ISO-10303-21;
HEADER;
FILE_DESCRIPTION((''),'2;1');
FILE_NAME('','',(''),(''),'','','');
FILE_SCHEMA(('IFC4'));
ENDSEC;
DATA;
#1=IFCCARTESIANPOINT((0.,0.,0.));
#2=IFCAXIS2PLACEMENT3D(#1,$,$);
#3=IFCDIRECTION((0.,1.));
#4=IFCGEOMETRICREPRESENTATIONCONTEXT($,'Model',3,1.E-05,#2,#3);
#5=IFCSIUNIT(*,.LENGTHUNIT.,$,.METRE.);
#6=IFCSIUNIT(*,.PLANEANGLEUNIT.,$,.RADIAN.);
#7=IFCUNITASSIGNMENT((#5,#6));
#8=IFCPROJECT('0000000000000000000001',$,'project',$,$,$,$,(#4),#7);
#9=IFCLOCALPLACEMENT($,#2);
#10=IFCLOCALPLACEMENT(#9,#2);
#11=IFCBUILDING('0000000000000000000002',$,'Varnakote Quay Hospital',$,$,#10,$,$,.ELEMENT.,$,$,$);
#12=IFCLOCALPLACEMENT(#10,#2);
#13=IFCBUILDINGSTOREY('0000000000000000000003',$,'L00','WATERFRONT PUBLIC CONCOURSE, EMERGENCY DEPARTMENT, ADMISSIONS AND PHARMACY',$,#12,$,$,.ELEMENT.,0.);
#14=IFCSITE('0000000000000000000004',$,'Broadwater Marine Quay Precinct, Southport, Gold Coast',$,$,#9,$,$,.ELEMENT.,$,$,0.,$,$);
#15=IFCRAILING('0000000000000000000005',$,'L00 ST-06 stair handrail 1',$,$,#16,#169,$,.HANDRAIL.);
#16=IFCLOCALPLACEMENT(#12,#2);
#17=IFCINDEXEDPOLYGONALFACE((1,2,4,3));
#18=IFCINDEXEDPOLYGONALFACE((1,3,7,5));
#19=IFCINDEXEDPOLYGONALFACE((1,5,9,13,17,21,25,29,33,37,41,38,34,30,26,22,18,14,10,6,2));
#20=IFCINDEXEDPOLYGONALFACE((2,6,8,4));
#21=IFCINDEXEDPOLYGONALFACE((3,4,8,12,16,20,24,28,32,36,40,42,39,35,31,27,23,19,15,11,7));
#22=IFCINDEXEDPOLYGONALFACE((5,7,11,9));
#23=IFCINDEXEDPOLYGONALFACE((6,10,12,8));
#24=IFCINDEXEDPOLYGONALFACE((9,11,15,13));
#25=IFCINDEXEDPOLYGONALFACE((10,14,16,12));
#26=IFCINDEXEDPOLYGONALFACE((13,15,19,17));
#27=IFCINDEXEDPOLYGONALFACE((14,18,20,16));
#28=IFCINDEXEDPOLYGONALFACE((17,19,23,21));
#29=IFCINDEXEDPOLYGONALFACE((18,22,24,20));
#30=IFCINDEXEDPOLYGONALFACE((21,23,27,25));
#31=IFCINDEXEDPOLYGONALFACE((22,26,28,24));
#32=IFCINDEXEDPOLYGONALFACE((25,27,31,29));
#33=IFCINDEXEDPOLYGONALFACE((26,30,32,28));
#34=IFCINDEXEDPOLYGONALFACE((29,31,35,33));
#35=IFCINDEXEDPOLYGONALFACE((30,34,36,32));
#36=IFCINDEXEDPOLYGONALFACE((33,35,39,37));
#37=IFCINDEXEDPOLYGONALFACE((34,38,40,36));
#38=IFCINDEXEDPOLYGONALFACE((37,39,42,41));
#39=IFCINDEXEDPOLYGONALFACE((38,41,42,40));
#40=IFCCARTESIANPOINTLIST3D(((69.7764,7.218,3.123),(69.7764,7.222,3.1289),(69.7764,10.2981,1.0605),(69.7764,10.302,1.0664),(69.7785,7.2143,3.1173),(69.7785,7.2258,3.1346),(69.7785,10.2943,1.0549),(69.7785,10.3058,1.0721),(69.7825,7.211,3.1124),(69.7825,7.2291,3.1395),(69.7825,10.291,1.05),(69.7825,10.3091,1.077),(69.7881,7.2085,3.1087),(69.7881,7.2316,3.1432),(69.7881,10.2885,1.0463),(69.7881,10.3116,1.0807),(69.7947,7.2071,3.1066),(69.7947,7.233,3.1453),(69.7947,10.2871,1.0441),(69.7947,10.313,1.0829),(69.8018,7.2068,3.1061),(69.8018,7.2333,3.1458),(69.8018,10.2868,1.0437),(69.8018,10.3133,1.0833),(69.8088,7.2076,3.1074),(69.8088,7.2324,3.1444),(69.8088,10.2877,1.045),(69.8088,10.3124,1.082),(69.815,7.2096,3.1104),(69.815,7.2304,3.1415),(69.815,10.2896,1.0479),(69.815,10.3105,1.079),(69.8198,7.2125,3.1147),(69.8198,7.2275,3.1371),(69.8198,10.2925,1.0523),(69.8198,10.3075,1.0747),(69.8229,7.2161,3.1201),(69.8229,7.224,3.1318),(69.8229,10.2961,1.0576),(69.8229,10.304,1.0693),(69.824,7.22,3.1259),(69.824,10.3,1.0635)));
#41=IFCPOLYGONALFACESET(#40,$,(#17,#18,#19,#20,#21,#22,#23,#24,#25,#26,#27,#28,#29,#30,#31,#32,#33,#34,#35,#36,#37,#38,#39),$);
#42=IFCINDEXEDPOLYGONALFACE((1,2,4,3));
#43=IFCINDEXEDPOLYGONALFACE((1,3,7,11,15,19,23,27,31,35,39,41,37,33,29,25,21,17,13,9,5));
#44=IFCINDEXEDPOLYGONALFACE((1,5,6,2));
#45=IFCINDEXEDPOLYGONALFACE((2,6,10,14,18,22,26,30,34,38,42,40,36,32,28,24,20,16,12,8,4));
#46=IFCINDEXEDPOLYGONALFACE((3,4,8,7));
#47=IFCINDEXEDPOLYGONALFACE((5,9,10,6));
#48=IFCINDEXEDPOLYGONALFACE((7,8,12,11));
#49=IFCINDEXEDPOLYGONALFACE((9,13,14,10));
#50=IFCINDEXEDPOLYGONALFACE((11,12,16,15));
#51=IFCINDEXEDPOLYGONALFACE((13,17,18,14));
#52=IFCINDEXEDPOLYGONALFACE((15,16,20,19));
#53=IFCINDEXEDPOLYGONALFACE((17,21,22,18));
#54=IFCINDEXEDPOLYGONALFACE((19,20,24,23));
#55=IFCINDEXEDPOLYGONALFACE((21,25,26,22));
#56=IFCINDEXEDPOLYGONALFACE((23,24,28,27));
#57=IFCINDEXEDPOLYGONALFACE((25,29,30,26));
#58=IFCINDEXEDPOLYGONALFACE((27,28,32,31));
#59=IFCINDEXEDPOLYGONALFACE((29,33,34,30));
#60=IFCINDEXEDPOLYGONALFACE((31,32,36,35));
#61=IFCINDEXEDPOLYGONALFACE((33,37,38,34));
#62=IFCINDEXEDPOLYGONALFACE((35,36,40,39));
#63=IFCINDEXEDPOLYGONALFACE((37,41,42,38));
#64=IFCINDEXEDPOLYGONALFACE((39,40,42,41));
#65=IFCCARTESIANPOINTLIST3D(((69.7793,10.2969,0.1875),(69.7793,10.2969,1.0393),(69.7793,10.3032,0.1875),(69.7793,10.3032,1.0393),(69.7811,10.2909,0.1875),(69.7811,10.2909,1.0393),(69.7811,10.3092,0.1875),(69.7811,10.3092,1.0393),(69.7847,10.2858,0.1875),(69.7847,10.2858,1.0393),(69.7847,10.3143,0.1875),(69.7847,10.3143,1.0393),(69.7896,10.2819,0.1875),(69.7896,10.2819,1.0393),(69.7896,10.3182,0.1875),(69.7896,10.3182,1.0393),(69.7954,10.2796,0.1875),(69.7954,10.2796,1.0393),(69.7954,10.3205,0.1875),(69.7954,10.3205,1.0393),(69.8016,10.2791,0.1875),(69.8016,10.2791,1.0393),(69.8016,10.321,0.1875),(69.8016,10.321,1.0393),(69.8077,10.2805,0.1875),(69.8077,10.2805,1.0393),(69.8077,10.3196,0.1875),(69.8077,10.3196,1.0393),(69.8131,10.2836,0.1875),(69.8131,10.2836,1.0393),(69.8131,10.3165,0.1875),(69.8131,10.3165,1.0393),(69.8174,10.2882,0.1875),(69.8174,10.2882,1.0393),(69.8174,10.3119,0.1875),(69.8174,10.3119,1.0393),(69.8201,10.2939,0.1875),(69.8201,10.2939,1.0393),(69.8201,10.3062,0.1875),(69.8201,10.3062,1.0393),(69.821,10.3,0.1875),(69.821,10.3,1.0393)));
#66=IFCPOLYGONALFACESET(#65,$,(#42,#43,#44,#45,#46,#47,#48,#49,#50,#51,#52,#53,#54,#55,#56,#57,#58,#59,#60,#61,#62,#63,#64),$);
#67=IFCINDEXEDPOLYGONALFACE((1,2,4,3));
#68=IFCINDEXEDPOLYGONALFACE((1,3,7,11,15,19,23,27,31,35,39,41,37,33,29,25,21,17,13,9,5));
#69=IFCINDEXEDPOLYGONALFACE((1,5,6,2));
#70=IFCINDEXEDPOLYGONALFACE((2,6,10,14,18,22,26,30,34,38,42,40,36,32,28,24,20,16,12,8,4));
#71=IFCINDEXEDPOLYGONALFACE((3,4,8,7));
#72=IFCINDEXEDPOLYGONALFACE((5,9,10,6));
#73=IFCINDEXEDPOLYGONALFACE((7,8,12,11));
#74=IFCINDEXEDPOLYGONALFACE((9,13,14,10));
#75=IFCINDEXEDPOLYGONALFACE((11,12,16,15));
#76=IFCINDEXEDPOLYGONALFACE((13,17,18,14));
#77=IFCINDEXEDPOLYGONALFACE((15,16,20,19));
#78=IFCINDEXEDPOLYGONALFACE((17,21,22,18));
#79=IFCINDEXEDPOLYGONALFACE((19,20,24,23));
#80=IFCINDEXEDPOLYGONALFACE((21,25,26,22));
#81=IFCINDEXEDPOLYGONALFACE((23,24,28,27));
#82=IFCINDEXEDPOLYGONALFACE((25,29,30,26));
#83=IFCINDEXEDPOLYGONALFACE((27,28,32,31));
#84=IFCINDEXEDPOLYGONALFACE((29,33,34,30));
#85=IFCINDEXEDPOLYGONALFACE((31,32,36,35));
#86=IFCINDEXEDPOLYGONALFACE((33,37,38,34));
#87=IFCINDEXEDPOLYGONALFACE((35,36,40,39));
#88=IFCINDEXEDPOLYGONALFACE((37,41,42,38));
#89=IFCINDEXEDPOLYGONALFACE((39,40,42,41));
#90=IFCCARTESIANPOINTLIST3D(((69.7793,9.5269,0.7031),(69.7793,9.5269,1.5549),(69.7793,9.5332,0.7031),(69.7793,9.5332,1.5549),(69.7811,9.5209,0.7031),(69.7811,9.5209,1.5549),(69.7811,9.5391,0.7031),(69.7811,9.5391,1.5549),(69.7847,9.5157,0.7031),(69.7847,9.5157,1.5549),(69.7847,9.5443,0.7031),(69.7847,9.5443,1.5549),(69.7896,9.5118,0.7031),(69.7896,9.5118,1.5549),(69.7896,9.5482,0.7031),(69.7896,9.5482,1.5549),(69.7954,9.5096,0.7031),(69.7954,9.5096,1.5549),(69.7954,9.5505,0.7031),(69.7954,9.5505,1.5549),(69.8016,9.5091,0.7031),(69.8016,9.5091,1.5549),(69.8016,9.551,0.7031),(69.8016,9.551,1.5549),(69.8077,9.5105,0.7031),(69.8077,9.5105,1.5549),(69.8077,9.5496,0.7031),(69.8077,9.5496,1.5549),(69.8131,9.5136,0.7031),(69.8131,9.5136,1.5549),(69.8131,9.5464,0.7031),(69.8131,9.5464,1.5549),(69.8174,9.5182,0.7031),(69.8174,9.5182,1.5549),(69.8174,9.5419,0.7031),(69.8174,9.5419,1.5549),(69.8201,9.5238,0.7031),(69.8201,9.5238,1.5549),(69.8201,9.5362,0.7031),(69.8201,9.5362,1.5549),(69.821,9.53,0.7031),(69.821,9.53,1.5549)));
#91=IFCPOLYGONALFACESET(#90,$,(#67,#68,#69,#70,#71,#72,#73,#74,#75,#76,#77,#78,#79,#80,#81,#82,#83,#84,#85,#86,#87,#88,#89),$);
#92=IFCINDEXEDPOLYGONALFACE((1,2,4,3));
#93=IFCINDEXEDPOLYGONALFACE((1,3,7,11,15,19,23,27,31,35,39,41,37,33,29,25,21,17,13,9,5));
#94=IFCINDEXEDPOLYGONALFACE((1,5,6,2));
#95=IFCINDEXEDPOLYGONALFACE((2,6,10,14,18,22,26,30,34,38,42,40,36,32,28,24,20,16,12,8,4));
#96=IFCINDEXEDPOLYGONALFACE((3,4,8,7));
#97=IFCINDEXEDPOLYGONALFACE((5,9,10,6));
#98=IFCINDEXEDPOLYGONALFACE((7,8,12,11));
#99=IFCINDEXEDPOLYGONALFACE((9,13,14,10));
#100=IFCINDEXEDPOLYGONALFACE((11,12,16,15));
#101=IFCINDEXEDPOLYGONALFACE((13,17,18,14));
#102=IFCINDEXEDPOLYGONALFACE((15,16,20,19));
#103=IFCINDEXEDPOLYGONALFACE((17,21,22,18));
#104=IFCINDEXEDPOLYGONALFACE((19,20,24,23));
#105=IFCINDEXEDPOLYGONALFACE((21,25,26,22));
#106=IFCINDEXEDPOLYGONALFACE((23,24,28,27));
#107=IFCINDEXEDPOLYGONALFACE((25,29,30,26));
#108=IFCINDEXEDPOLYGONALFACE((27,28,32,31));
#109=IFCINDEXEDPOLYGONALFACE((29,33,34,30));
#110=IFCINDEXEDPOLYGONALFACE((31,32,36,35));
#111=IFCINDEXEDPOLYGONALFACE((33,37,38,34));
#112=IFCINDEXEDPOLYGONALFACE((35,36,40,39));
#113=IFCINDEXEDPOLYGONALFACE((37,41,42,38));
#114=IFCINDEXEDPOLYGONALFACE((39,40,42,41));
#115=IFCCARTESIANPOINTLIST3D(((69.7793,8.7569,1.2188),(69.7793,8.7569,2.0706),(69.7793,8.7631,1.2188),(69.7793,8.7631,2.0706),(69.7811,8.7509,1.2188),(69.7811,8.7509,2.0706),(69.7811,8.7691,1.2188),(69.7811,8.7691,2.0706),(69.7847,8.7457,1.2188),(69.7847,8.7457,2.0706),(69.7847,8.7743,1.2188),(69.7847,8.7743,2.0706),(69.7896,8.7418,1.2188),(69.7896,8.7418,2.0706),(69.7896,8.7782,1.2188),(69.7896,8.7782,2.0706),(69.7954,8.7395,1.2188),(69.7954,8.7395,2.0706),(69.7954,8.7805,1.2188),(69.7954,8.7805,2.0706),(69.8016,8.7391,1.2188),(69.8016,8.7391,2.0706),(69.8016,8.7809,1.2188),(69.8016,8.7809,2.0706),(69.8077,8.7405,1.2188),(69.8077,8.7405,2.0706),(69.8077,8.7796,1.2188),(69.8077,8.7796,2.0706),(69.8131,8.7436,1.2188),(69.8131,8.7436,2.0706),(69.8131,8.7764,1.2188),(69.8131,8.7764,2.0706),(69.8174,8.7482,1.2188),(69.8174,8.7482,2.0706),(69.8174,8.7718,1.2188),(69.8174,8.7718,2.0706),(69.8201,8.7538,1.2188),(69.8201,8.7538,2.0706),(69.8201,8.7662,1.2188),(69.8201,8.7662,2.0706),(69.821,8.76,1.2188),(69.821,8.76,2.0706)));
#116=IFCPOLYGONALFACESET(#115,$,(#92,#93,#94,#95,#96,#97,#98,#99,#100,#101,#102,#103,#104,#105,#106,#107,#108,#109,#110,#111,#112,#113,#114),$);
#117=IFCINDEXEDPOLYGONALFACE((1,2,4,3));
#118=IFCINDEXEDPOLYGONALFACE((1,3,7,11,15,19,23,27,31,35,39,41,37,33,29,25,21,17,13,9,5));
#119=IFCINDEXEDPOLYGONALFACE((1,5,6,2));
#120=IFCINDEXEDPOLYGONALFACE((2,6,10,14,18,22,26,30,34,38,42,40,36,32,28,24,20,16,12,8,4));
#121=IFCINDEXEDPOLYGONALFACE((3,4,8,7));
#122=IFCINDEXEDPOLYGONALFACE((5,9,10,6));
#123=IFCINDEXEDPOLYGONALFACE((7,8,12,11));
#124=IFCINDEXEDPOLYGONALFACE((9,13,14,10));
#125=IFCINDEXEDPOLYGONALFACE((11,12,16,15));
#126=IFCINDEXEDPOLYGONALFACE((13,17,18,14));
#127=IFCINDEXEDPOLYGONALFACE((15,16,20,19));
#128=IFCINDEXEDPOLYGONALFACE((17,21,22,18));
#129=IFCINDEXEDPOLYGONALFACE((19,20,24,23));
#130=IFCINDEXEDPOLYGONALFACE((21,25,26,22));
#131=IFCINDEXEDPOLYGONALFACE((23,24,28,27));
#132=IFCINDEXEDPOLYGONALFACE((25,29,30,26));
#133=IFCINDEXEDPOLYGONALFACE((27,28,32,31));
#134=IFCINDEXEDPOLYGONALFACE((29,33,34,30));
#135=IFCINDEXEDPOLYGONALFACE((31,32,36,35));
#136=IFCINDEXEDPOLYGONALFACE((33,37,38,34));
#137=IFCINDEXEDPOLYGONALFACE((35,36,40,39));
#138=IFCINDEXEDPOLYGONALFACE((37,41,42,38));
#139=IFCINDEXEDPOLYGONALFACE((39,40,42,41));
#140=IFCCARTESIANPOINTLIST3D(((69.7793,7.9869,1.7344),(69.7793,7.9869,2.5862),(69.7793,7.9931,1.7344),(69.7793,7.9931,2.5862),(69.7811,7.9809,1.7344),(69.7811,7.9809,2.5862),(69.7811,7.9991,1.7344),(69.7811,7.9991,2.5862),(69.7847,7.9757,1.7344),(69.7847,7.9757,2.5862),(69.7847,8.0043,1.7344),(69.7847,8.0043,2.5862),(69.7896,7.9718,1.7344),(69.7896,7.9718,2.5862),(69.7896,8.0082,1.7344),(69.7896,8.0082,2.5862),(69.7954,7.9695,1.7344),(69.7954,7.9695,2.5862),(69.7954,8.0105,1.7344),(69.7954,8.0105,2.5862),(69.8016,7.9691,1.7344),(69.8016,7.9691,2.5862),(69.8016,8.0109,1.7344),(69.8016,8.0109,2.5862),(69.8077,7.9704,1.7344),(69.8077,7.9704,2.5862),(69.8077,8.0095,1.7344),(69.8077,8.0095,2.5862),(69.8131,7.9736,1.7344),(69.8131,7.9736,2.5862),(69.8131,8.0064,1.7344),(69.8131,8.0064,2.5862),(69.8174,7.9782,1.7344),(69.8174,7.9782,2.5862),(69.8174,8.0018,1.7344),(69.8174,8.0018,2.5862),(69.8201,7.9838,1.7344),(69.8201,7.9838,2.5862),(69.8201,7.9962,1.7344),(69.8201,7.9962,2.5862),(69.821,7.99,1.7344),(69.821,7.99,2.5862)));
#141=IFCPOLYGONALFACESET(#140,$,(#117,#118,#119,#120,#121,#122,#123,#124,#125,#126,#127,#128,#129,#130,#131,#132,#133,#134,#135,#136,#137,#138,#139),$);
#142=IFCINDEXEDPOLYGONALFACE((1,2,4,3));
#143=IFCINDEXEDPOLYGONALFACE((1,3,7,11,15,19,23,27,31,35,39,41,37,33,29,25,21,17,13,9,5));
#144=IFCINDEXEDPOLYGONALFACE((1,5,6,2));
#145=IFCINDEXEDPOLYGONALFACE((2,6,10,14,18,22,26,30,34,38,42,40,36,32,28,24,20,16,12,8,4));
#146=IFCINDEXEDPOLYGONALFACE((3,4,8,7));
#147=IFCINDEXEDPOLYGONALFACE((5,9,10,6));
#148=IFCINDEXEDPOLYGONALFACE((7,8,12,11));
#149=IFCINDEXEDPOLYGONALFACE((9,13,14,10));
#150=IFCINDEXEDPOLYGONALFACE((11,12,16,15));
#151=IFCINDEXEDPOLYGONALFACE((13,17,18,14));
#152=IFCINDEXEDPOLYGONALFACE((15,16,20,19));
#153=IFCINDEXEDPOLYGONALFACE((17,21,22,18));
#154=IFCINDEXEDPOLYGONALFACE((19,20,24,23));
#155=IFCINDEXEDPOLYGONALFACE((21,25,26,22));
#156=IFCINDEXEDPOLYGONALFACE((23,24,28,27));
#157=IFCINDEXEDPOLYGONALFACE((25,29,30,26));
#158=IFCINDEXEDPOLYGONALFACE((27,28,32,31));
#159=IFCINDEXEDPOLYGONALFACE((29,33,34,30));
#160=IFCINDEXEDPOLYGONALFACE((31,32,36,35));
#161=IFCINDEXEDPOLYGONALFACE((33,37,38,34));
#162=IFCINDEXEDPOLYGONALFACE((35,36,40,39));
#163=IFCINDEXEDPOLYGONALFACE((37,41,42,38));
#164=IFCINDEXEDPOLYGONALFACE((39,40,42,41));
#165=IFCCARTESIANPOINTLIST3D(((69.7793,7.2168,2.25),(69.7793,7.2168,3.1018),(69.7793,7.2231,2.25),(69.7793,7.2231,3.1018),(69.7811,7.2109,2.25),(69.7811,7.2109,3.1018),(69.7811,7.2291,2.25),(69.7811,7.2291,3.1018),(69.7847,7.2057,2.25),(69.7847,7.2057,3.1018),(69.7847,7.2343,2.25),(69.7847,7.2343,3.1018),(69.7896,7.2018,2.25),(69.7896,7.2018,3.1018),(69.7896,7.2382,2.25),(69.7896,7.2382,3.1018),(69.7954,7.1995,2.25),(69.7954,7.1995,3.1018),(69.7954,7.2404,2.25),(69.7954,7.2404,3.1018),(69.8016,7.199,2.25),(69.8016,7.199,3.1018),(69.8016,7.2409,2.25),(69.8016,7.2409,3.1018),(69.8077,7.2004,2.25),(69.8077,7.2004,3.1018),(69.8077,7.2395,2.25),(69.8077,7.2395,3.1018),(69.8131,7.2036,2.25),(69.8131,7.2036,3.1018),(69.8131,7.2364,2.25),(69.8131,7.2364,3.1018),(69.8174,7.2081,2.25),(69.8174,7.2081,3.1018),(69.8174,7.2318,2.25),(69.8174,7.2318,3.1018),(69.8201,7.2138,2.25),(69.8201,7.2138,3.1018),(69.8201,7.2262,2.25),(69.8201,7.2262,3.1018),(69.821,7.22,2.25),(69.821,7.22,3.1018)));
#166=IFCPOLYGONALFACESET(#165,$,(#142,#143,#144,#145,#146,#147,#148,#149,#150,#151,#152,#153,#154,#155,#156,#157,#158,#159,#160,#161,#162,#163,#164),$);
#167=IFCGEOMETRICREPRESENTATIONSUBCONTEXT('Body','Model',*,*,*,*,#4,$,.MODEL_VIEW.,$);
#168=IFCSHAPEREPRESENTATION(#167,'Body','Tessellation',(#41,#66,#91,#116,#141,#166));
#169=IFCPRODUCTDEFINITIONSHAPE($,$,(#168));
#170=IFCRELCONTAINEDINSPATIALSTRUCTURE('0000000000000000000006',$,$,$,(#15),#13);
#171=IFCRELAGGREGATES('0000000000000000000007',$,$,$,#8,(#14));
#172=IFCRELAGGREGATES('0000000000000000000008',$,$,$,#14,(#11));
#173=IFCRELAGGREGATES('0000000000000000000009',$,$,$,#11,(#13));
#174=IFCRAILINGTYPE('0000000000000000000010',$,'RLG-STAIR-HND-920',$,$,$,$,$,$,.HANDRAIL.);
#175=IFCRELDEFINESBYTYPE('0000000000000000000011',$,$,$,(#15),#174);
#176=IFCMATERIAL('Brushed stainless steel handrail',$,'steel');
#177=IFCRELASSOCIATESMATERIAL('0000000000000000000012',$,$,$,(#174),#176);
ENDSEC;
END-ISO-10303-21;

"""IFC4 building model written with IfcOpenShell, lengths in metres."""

from ifc_helpers import new_model, si_unit, direction, frame, origin, origin_2d, place, context, subcontext, project, spatial, circle, extrude, material, type_object, element, save


model = new_model("IFC4")

# Units and contexts
model_context = context("Model", 3, precision=1e-05, world=origin(), true_north=direction((0.0, 1.0)))
body_context = subcontext(model_context, "Body", "Model", "MODEL_VIEW")
ifc_project = project(units=[si_unit("LENGTHUNIT", "METRE"), si_unit("PLANEANGLEUNIT", "RADIAN")], contexts=[model_context])

# Site, building, storey
site_placement = place(None, origin())
site = spatial("IfcSite", under=ifc_project, at=site_placement, Name="Broadwater Marine Quay Precinct, Southport, Gold Coast", CompositionType="ELEMENT", RefElevation=0.0)
building_placement = place(site_placement, origin())
building = spatial("IfcBuilding", under=site, at=building_placement, Name="Varnakote Quay Hospital", CompositionType="ELEMENT")
storey_placement = place(building_placement, origin())
storey = spatial("IfcBuildingStorey", under=building, at=storey_placement, Name="L00", Description="WATERFRONT PUBLIC CONCOURSE, EMERGENCY DEPARTMENT, ADMISSIONS AND PHARMACY", CompositionType="ELEMENT", Elevation=0.0)

# Railing
ifc_material_1 = material(Name="Brushed stainless steel handrail", Category="steel")
railing_type_1 = type_object("IfcRailingType", Name="RLG-STAIR-HND-920", PredefinedType="HANDRAIL", material=ifc_material_1)
railing_1_placement = place(storey_placement, frame((69.8, 10.3, 0.1875)))
element("IfcRailing", 1, at=railing_1_placement, inside=storey, type_object=railing_type_1, Name="L00 ST-06 stair handrail 1", PredefinedType="HANDRAIL", context=body_context, shape_type="SweptSolid", body=[
    extrude(circle(Radius=0.0239, at=origin_2d()), frame((0.0, 0.0, 0.876), z_axis=(0.0, -0.830914, 0.556401), x_axis=(1.0, 0.0, 0.0)), (0.0, 0.0, 1.0), 3.7068),
    extrude(circle(Radius=0.021, at=origin_2d()), origin(), (0.0, 0.0, 1.0), 0.8518),
    extrude(circle(Radius=0.021, at=origin_2d()), frame((0.0, -0.77, 0.5156)), (0.0, 0.0, 1.0), 0.8518),
    extrude(circle(Radius=0.021, at=origin_2d()), frame((0.0, -1.54, 1.0312)), (0.0, 0.0, 1.0), 0.8518),
    extrude(circle(Radius=0.021, at=origin_2d()), frame((0.0, -2.3101, 1.5469)), (0.0, 0.0, 1.0), 0.8518),
    extrude(circle(Radius=0.021, at=origin_2d()), frame((0.0, -3.0801, 2.0625)), (0.0, 0.0, 1.0), 0.8518),
])

save(model, "model.ifc")
